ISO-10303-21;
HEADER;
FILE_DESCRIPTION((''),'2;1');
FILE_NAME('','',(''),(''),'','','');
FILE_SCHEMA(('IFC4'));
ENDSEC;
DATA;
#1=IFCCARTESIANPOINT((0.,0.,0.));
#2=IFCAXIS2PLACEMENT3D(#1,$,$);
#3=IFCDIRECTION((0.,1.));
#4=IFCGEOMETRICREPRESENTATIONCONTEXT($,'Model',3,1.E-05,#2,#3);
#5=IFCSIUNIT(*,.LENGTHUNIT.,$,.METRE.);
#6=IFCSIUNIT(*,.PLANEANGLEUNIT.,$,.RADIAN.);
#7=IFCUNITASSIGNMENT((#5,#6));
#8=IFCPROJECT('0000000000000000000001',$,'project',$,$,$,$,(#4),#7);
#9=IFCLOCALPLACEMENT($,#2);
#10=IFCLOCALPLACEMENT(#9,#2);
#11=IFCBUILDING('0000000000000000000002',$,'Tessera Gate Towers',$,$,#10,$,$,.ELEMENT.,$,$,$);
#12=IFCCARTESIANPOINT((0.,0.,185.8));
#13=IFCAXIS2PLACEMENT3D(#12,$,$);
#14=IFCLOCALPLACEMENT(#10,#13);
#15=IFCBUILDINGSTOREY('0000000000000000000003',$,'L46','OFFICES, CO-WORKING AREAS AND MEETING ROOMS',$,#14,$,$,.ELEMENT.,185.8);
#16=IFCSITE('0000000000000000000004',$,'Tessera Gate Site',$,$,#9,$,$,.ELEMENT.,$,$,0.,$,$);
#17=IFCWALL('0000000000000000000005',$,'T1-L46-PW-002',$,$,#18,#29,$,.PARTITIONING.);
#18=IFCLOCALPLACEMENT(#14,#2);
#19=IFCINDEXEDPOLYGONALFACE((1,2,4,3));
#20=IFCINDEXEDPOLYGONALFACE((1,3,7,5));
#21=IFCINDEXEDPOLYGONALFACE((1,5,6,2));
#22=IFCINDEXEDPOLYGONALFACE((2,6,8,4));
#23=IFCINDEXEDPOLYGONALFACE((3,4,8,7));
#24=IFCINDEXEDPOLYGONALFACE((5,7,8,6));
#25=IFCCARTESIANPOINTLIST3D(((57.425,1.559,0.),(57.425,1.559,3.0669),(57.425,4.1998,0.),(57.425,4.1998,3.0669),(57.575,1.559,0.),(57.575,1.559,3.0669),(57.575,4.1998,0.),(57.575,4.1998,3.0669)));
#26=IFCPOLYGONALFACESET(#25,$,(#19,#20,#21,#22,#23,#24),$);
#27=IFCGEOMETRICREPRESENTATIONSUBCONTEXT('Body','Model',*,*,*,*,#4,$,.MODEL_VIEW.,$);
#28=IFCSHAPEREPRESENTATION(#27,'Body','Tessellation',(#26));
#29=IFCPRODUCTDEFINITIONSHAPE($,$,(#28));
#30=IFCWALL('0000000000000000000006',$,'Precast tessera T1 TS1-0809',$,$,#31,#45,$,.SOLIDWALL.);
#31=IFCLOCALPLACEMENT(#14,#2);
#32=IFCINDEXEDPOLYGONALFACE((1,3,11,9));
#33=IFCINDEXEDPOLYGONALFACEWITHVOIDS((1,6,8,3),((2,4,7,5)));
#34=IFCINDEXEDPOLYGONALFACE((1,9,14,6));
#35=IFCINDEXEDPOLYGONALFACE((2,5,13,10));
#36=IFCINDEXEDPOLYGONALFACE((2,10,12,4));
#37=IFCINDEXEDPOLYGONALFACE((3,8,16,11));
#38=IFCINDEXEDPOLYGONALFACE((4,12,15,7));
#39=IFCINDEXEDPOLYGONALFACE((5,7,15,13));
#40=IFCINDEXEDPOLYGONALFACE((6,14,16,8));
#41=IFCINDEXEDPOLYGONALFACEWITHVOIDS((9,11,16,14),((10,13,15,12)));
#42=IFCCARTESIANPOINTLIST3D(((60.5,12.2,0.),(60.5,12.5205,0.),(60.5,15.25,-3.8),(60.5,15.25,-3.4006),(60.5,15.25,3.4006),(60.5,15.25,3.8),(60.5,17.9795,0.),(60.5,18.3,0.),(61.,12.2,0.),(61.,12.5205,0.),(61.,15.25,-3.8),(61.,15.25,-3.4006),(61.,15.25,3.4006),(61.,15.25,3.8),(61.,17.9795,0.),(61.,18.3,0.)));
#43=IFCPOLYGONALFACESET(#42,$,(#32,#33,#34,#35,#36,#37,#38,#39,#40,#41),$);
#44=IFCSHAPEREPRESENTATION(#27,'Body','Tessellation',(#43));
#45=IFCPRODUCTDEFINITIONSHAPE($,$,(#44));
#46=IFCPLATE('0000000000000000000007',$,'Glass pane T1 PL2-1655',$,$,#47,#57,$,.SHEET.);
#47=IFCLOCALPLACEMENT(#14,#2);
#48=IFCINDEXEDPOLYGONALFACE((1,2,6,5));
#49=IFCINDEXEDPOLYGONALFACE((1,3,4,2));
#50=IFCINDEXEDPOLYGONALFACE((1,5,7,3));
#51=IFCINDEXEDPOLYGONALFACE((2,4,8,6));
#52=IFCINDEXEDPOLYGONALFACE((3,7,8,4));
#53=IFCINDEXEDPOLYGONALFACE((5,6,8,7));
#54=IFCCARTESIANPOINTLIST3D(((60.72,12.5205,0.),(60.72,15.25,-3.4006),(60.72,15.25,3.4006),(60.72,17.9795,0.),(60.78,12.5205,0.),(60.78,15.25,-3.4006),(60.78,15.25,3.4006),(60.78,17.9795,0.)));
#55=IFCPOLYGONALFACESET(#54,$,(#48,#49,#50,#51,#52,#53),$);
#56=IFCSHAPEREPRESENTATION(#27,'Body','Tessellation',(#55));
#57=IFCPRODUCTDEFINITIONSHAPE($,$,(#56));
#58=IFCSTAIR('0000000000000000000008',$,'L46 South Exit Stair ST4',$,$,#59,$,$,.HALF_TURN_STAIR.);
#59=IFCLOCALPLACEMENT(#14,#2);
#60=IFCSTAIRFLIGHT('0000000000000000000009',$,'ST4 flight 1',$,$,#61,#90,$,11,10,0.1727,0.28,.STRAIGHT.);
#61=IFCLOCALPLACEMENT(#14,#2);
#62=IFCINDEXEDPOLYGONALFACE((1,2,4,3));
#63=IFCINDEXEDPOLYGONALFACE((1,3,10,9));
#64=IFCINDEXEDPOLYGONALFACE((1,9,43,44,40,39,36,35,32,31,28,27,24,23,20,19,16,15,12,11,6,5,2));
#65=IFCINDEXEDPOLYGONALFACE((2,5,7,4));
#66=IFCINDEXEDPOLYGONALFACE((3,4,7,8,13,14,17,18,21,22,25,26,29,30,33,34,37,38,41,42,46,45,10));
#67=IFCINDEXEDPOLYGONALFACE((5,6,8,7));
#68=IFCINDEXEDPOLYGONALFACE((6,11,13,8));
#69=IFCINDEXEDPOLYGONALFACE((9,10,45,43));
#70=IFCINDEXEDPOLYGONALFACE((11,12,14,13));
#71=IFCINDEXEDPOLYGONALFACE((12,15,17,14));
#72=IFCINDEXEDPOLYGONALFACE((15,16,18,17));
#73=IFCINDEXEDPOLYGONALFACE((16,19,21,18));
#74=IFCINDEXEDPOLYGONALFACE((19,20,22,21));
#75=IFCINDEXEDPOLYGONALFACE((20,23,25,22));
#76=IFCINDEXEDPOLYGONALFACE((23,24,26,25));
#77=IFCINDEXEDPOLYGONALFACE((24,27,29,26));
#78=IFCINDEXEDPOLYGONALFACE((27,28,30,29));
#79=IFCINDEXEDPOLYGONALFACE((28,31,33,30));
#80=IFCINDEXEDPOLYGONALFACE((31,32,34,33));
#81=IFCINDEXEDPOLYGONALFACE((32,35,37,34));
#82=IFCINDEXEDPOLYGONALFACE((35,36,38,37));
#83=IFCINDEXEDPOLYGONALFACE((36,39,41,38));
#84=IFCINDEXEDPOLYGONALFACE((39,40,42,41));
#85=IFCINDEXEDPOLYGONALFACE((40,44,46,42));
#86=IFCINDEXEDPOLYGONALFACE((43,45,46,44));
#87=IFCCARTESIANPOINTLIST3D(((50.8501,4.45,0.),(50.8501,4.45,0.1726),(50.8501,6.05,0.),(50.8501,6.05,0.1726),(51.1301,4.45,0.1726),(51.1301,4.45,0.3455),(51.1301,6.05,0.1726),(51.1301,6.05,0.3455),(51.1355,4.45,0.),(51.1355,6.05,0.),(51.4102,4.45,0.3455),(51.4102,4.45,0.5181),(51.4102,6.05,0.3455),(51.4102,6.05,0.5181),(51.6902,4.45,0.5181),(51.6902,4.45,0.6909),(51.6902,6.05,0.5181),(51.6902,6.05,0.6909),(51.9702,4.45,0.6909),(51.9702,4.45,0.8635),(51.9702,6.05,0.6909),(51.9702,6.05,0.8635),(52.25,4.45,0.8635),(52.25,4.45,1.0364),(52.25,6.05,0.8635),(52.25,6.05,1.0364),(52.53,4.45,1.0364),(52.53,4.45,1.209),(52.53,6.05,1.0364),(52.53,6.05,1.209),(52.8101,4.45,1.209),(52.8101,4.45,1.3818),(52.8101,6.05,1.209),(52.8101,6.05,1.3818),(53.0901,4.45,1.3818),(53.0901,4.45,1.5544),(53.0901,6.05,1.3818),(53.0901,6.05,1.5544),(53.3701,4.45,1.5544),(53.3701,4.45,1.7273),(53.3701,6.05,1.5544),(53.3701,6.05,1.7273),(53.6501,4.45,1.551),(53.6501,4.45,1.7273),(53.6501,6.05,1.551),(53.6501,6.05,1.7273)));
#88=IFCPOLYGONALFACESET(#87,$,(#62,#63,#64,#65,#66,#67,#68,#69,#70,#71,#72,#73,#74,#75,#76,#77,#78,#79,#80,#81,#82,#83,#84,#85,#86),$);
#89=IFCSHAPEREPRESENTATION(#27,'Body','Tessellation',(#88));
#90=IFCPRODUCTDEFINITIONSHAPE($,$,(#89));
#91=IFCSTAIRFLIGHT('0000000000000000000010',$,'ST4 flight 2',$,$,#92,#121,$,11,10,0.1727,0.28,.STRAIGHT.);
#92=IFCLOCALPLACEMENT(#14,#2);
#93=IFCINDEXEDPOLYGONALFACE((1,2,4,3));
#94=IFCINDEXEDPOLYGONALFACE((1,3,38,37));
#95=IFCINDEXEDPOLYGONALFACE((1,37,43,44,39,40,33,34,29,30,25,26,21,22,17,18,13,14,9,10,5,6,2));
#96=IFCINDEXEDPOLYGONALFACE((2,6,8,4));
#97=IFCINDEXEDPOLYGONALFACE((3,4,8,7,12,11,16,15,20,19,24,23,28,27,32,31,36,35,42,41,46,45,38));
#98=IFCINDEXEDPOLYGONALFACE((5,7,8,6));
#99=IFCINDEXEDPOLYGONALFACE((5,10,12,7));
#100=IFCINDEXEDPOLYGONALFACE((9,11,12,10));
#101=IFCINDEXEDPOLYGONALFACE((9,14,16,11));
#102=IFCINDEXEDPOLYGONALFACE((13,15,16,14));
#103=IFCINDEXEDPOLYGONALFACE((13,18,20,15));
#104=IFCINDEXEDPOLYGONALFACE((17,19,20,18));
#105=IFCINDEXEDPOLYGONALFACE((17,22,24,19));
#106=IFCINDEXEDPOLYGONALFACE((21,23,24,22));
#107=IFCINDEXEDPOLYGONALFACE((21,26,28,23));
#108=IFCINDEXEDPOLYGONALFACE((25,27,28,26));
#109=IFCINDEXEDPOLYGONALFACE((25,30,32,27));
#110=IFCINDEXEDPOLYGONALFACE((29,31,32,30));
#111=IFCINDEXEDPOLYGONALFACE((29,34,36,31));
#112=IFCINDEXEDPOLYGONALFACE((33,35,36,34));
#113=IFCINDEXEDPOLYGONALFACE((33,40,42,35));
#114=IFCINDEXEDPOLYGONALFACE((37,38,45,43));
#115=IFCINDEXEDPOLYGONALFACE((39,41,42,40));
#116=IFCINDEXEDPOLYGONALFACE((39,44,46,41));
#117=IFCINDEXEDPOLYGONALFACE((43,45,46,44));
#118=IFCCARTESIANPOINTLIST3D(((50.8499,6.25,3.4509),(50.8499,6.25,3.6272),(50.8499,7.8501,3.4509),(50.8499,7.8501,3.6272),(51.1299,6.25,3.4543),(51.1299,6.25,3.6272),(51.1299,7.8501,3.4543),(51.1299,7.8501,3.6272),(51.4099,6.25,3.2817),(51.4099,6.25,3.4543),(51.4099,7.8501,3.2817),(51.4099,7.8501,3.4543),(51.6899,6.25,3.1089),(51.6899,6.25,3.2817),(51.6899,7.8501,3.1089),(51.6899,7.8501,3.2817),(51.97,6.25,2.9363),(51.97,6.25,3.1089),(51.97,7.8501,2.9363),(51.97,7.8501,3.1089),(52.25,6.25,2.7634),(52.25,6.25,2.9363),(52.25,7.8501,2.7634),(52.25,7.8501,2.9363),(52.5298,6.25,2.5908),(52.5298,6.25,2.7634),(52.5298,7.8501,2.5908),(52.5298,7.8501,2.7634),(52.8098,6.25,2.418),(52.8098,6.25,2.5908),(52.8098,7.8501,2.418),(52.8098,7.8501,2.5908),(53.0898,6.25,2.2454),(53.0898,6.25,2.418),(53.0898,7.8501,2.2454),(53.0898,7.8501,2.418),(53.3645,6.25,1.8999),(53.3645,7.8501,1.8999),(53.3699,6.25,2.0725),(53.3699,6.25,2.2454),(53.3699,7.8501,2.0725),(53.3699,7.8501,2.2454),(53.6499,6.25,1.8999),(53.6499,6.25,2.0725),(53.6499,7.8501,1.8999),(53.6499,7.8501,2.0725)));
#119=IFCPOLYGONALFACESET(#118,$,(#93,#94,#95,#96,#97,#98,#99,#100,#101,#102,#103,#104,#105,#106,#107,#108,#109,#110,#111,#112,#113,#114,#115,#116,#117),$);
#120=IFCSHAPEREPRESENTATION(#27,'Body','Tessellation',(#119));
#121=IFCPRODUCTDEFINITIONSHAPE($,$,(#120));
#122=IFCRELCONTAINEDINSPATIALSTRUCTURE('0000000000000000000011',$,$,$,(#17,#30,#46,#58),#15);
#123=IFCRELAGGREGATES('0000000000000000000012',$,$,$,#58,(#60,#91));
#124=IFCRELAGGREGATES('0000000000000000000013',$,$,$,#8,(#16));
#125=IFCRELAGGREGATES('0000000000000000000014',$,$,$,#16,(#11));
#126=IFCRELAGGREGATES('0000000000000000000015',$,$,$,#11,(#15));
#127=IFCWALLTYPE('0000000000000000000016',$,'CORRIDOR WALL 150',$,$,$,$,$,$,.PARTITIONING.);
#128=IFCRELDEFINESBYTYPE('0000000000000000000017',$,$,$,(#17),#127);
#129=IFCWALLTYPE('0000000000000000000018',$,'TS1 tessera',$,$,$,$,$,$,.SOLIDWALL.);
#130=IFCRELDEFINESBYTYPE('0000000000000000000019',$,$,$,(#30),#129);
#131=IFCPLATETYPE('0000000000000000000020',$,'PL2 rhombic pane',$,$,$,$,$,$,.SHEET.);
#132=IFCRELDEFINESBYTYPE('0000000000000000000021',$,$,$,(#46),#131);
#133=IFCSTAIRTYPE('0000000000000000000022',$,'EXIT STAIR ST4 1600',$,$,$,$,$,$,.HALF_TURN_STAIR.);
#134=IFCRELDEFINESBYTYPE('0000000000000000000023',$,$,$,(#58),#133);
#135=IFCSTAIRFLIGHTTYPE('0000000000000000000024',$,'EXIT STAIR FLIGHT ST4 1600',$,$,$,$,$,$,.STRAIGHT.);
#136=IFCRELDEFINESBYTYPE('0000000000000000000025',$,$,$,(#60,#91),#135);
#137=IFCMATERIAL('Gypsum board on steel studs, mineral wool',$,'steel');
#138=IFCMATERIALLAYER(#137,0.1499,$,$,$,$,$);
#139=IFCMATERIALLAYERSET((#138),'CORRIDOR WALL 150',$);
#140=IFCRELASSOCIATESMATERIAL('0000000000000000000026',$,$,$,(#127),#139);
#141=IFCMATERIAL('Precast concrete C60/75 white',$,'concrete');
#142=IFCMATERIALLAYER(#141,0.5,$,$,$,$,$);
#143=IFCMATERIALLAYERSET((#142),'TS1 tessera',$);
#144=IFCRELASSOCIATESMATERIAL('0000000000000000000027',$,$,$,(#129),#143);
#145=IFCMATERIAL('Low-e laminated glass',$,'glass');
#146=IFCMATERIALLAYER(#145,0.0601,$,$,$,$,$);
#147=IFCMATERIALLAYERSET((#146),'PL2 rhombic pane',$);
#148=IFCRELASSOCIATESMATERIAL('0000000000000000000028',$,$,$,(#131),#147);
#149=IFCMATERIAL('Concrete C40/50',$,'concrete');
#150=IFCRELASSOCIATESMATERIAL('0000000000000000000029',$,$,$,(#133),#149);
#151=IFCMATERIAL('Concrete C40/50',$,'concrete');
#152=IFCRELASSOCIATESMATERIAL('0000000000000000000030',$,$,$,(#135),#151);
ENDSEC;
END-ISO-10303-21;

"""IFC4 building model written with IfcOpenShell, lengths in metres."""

from ifc_helpers import new_model, si_unit, direction, frame, frame_2d, origin, place, context, subcontext, project, spatial, polyline, rectangle, outline, extrude, source, transform, mapped, material, layer, layer_set, type_object, element, fill, aggregate, save


model = new_model("IFC4")

# Units and contexts
model_context = context("Model", 3, precision=1e-05, world=origin(), true_north=direction((0.0, 1.0)))
body_context = subcontext(model_context, "Body", "Model", "MODEL_VIEW")
ifc_project = project(units=[si_unit("LENGTHUNIT", "METRE"), si_unit("PLANEANGLEUNIT", "RADIAN")], contexts=[model_context])

# Site, building, storey
site_placement = place(None, origin())
site = spatial("IfcSite", under=ifc_project, at=site_placement, Name="Tessera Gate Site", CompositionType="ELEMENT", RefElevation=0.0)
building_placement = place(site_placement, origin())
building = spatial("IfcBuilding", under=site, at=building_placement, Name="Tessera Gate Towers", CompositionType="ELEMENT")
storey_placement = place(building_placement, frame((0.0, 0.0, 185.8)))
storey = spatial("IfcBuildingStorey", under=building, at=storey_placement, Name="L46", Description="OFFICES, CO-WORKING AREAS AND MEETING ROOMS", CompositionType="ELEMENT", Elevation=185.8)

# Wall
ifc_material_1 = material(Name="Gypsum board on steel studs, mineral wool", Category="steel")
ifc_layer_1 = layer(ifc_material_1, 0.1499)
ifc_layer_set_1 = layer_set([ifc_layer_1], Name="CORRIDOR WALL 150")
wall_type_1 = type_object("IfcWallType", Name="CORRIDOR WALL 150", PredefinedType="PARTITIONING", material=ifc_layer_set_1)
wall_1_placement = place(storey_placement, frame((57.5, 1.5591, 0.0), z_axis=(0.0, 0.0, 1.0), x_axis=(0.0, 1.0, 0.0)))
element("IfcWall", 1, at=wall_1_placement, inside=storey, type_object=wall_type_1, Name="T1-L46-PW-002", PredefinedType="PARTITIONING", context=body_context, shape_type="SweptSolid", body=[
    extrude(rectangle(XDim=2.6409, YDim=0.1499, at=frame_2d((1.3203, 0.0))), origin(), (0.0, 0.0, 1.0), 3.0669),
])

# Wall, opening, plate
ifc_material_2 = material(Name="Precast concrete C60/75 white", Category="concrete")
ifc_layer_2 = layer(ifc_material_2, 0.5)
ifc_layer_set_2 = layer_set([ifc_layer_2], Name="TS1 tessera")
wall_type_2 = type_object("IfcWallType", Name="TS1 tessera", PredefinedType="SOLIDWALL", material=ifc_layer_set_2)
shared_shape_1 = source(origin(), body_context, "Body", "SweptSolid", [
    extrude(outline(polyline([(3.05, 0.0), (6.1001, 3.8), (3.05, 7.6001), (0.0, 3.8), (3.05, 0.0)])), frame((0.0, 0.25, 0.0), z_axis=(0.0, -1.0, 0.0), x_axis=(1.0, 0.0, 0.0)), (0.0, 0.0, 1.0), 0.5),
])
wall_2_placement = place(storey_placement, frame((60.75, 12.2, -3.8), z_axis=(0.0, 0.0, 1.0), x_axis=(0.0, 1.0, 0.0)))
wall_2 = element("IfcWall", 2, at=wall_2_placement, inside=storey, type_object=wall_type_2, Name="Precast tessera T1 TS1-0809", PredefinedType="SOLIDWALL", context=body_context, shape_type="MappedRepresentation", body=[
    mapped(shared_shape_1, transform((0.0, 0.0, 0.0), scale=1.0)),
])
shared_shape_2 = source(origin(), body_context, "Body", "SweptSolid", [
    extrude(outline(polyline([(3.05, 0.3994), (5.7795, 3.8), (3.05, 7.2007), (0.3206, 3.8), (3.05, 0.3994)])), frame((0.0, 0.26, 0.0), z_axis=(0.0, -1.0, 0.0), x_axis=(1.0, 0.0, 0.0)), (0.0, 0.0, 1.0), 0.52),
])
opening_1_placement = place(wall_2_placement, origin())
opening_1 = element("IfcOpeningElement", 3, at=opening_1_placement, cuts=wall_2, PredefinedType="OPENING", context=body_context, shape_type="MappedRepresentation", body=[
    mapped(shared_shape_2, transform((0.0, 0.0, 0.0), scale=1.0)),
])
ifc_material_3 = material(Name="Low-e laminated glass", Category="glass")
ifc_layer_3 = layer(ifc_material_3, 0.0601)
ifc_layer_set_3 = layer_set([ifc_layer_3], Name="PL2 rhombic pane")
plate_type = type_object("IfcPlateType", Name="PL2 rhombic pane", PredefinedType="SHEET", material=ifc_layer_set_3)
shared_shape_3 = source(origin(), body_context, "Body", "SweptSolid", [
    extrude(outline(polyline([(3.05, 0.3994), (5.7795, 3.8), (3.05, 7.2007), (0.3206, 3.8), (3.05, 0.3994)])), frame((0.0, 0.03, 0.0), z_axis=(0.0, -1.0, 0.0), x_axis=(1.0, 0.0, 0.0)), (0.0, 0.0, 1.0), 0.0601),
])
plate_placement = place(opening_1_placement, origin())
plate = element("IfcPlate", 4, at=plate_placement, inside=storey, type_object=plate_type, Name="Glass pane T1 PL2-1655", PredefinedType="SHEET", context=body_context, shape_type="MappedRepresentation", body=[
    mapped(shared_shape_3, transform((0.0, 0.0, 0.0), scale=1.0)),
])
fill(opening_1, plate)

# Stair, stair flights
ifc_material_4 = material(Name="Concrete C40/50", Category="concrete")
stair_type = type_object("IfcStairType", Name="EXIT STAIR ST4 1600", PredefinedType="HALF_TURN_STAIR", material=ifc_material_4)
stair_placement = place(storey_placement, origin())
stair = element("IfcStair", 5, at=stair_placement, inside=storey, type_object=stair_type, Name="L46 South Exit Stair ST4", PredefinedType="HALF_TURN_STAIR")
ifc_material_5 = material(Name="Concrete C40/50", Category="concrete")
stair_flight_type = type_object("IfcStairFlightType", Name="EXIT STAIR FLIGHT ST4 1600", PredefinedType="STRAIGHT", material=ifc_material_5)
stair_flight_1_placement = place(storey_placement, frame((50.8501, 5.25, 0.0), z_axis=(0.0, 0.0, 1.0), x_axis=(1.0, 0.0, 0.0)))
stair_flight_1 = element("IfcStairFlight", 6, at=stair_flight_1_placement, type_object=stair_flight_type, Name="ST4 flight 1", NumberOfRisers=11, NumberOfTreads=10, PredefinedType="STRAIGHT", RiserHeight=0.1727, TreadLength=0.28, context=body_context, shape_type="SweptSolid", body=[
    extrude(outline(polyline([(0.0, 0.0), (0.0, 0.1726), (0.28, 0.1726), (0.28, 0.3455), (0.5601, 0.3455), (0.5601, 0.5181), (0.8401, 0.5181), (0.8401, 0.6909), (1.1201, 0.6909), (1.1201, 0.8635), (1.3999, 0.8635), (1.3999, 1.0364), (1.6799, 1.0364), (1.6799, 1.209), (1.96, 1.209), (1.96, 1.3818), (2.24, 1.3818), (2.24, 1.5544), (2.52, 1.5544), (2.52, 1.7273), (2.8, 1.7273), (2.8, 1.8999), (2.8, 1.551), (0.2854, 0.0), (0.0, 0.0)])), frame((0.0, 0.8, 0.0), z_axis=(0.0, -1.0, 0.0), x_axis=(1.0, 0.0, 0.0)), (0.0, 0.0, 1.0), 1.6001),
])
stair_flight_2_placement = place(storey_placement, frame((53.6499, 7.05, 1.8999), z_axis=(0.0, 0.0, 1.0), x_axis=(-1.0, 0.0, 0.0)))
stair_flight_2 = element("IfcStairFlight", 7, at=stair_flight_2_placement, type_object=stair_flight_type, Name="ST4 flight 2", NumberOfRisers=11, NumberOfTreads=10, PredefinedType="STRAIGHT", RiserHeight=0.1727, TreadLength=0.28, context=body_context, shape_type="SweptSolid", body=[
    extrude(outline(polyline([(0.0, 0.0), (0.0, 0.1726), (0.28, 0.1726), (0.28, 0.3455), (0.5601, 0.3455), (0.5601, 0.5181), (0.8401, 0.5181), (0.8401, 0.6909), (1.1201, 0.6909), (1.1201, 0.8635), (1.3999, 0.8635), (1.3999, 1.0364), (1.6799, 1.0364), (1.6799, 1.209), (1.96, 1.209), (1.96, 1.3818), (2.24, 1.3818), (2.24, 1.5544), (2.52, 1.5544), (2.52, 1.7273), (2.8, 1.7273), (2.8, 1.8999), (2.8, 1.551), (0.2854, 0.0), (0.0, 0.0)])), frame((0.0, 0.8, 0.0), z_axis=(0.0, -1.0, 0.0), x_axis=(1.0, 0.0, 0.0)), (0.0, 0.0, 1.0), 1.6001),
])
aggregate(stair, [stair_flight_1, stair_flight_2])

save(model, "model.ifc")
